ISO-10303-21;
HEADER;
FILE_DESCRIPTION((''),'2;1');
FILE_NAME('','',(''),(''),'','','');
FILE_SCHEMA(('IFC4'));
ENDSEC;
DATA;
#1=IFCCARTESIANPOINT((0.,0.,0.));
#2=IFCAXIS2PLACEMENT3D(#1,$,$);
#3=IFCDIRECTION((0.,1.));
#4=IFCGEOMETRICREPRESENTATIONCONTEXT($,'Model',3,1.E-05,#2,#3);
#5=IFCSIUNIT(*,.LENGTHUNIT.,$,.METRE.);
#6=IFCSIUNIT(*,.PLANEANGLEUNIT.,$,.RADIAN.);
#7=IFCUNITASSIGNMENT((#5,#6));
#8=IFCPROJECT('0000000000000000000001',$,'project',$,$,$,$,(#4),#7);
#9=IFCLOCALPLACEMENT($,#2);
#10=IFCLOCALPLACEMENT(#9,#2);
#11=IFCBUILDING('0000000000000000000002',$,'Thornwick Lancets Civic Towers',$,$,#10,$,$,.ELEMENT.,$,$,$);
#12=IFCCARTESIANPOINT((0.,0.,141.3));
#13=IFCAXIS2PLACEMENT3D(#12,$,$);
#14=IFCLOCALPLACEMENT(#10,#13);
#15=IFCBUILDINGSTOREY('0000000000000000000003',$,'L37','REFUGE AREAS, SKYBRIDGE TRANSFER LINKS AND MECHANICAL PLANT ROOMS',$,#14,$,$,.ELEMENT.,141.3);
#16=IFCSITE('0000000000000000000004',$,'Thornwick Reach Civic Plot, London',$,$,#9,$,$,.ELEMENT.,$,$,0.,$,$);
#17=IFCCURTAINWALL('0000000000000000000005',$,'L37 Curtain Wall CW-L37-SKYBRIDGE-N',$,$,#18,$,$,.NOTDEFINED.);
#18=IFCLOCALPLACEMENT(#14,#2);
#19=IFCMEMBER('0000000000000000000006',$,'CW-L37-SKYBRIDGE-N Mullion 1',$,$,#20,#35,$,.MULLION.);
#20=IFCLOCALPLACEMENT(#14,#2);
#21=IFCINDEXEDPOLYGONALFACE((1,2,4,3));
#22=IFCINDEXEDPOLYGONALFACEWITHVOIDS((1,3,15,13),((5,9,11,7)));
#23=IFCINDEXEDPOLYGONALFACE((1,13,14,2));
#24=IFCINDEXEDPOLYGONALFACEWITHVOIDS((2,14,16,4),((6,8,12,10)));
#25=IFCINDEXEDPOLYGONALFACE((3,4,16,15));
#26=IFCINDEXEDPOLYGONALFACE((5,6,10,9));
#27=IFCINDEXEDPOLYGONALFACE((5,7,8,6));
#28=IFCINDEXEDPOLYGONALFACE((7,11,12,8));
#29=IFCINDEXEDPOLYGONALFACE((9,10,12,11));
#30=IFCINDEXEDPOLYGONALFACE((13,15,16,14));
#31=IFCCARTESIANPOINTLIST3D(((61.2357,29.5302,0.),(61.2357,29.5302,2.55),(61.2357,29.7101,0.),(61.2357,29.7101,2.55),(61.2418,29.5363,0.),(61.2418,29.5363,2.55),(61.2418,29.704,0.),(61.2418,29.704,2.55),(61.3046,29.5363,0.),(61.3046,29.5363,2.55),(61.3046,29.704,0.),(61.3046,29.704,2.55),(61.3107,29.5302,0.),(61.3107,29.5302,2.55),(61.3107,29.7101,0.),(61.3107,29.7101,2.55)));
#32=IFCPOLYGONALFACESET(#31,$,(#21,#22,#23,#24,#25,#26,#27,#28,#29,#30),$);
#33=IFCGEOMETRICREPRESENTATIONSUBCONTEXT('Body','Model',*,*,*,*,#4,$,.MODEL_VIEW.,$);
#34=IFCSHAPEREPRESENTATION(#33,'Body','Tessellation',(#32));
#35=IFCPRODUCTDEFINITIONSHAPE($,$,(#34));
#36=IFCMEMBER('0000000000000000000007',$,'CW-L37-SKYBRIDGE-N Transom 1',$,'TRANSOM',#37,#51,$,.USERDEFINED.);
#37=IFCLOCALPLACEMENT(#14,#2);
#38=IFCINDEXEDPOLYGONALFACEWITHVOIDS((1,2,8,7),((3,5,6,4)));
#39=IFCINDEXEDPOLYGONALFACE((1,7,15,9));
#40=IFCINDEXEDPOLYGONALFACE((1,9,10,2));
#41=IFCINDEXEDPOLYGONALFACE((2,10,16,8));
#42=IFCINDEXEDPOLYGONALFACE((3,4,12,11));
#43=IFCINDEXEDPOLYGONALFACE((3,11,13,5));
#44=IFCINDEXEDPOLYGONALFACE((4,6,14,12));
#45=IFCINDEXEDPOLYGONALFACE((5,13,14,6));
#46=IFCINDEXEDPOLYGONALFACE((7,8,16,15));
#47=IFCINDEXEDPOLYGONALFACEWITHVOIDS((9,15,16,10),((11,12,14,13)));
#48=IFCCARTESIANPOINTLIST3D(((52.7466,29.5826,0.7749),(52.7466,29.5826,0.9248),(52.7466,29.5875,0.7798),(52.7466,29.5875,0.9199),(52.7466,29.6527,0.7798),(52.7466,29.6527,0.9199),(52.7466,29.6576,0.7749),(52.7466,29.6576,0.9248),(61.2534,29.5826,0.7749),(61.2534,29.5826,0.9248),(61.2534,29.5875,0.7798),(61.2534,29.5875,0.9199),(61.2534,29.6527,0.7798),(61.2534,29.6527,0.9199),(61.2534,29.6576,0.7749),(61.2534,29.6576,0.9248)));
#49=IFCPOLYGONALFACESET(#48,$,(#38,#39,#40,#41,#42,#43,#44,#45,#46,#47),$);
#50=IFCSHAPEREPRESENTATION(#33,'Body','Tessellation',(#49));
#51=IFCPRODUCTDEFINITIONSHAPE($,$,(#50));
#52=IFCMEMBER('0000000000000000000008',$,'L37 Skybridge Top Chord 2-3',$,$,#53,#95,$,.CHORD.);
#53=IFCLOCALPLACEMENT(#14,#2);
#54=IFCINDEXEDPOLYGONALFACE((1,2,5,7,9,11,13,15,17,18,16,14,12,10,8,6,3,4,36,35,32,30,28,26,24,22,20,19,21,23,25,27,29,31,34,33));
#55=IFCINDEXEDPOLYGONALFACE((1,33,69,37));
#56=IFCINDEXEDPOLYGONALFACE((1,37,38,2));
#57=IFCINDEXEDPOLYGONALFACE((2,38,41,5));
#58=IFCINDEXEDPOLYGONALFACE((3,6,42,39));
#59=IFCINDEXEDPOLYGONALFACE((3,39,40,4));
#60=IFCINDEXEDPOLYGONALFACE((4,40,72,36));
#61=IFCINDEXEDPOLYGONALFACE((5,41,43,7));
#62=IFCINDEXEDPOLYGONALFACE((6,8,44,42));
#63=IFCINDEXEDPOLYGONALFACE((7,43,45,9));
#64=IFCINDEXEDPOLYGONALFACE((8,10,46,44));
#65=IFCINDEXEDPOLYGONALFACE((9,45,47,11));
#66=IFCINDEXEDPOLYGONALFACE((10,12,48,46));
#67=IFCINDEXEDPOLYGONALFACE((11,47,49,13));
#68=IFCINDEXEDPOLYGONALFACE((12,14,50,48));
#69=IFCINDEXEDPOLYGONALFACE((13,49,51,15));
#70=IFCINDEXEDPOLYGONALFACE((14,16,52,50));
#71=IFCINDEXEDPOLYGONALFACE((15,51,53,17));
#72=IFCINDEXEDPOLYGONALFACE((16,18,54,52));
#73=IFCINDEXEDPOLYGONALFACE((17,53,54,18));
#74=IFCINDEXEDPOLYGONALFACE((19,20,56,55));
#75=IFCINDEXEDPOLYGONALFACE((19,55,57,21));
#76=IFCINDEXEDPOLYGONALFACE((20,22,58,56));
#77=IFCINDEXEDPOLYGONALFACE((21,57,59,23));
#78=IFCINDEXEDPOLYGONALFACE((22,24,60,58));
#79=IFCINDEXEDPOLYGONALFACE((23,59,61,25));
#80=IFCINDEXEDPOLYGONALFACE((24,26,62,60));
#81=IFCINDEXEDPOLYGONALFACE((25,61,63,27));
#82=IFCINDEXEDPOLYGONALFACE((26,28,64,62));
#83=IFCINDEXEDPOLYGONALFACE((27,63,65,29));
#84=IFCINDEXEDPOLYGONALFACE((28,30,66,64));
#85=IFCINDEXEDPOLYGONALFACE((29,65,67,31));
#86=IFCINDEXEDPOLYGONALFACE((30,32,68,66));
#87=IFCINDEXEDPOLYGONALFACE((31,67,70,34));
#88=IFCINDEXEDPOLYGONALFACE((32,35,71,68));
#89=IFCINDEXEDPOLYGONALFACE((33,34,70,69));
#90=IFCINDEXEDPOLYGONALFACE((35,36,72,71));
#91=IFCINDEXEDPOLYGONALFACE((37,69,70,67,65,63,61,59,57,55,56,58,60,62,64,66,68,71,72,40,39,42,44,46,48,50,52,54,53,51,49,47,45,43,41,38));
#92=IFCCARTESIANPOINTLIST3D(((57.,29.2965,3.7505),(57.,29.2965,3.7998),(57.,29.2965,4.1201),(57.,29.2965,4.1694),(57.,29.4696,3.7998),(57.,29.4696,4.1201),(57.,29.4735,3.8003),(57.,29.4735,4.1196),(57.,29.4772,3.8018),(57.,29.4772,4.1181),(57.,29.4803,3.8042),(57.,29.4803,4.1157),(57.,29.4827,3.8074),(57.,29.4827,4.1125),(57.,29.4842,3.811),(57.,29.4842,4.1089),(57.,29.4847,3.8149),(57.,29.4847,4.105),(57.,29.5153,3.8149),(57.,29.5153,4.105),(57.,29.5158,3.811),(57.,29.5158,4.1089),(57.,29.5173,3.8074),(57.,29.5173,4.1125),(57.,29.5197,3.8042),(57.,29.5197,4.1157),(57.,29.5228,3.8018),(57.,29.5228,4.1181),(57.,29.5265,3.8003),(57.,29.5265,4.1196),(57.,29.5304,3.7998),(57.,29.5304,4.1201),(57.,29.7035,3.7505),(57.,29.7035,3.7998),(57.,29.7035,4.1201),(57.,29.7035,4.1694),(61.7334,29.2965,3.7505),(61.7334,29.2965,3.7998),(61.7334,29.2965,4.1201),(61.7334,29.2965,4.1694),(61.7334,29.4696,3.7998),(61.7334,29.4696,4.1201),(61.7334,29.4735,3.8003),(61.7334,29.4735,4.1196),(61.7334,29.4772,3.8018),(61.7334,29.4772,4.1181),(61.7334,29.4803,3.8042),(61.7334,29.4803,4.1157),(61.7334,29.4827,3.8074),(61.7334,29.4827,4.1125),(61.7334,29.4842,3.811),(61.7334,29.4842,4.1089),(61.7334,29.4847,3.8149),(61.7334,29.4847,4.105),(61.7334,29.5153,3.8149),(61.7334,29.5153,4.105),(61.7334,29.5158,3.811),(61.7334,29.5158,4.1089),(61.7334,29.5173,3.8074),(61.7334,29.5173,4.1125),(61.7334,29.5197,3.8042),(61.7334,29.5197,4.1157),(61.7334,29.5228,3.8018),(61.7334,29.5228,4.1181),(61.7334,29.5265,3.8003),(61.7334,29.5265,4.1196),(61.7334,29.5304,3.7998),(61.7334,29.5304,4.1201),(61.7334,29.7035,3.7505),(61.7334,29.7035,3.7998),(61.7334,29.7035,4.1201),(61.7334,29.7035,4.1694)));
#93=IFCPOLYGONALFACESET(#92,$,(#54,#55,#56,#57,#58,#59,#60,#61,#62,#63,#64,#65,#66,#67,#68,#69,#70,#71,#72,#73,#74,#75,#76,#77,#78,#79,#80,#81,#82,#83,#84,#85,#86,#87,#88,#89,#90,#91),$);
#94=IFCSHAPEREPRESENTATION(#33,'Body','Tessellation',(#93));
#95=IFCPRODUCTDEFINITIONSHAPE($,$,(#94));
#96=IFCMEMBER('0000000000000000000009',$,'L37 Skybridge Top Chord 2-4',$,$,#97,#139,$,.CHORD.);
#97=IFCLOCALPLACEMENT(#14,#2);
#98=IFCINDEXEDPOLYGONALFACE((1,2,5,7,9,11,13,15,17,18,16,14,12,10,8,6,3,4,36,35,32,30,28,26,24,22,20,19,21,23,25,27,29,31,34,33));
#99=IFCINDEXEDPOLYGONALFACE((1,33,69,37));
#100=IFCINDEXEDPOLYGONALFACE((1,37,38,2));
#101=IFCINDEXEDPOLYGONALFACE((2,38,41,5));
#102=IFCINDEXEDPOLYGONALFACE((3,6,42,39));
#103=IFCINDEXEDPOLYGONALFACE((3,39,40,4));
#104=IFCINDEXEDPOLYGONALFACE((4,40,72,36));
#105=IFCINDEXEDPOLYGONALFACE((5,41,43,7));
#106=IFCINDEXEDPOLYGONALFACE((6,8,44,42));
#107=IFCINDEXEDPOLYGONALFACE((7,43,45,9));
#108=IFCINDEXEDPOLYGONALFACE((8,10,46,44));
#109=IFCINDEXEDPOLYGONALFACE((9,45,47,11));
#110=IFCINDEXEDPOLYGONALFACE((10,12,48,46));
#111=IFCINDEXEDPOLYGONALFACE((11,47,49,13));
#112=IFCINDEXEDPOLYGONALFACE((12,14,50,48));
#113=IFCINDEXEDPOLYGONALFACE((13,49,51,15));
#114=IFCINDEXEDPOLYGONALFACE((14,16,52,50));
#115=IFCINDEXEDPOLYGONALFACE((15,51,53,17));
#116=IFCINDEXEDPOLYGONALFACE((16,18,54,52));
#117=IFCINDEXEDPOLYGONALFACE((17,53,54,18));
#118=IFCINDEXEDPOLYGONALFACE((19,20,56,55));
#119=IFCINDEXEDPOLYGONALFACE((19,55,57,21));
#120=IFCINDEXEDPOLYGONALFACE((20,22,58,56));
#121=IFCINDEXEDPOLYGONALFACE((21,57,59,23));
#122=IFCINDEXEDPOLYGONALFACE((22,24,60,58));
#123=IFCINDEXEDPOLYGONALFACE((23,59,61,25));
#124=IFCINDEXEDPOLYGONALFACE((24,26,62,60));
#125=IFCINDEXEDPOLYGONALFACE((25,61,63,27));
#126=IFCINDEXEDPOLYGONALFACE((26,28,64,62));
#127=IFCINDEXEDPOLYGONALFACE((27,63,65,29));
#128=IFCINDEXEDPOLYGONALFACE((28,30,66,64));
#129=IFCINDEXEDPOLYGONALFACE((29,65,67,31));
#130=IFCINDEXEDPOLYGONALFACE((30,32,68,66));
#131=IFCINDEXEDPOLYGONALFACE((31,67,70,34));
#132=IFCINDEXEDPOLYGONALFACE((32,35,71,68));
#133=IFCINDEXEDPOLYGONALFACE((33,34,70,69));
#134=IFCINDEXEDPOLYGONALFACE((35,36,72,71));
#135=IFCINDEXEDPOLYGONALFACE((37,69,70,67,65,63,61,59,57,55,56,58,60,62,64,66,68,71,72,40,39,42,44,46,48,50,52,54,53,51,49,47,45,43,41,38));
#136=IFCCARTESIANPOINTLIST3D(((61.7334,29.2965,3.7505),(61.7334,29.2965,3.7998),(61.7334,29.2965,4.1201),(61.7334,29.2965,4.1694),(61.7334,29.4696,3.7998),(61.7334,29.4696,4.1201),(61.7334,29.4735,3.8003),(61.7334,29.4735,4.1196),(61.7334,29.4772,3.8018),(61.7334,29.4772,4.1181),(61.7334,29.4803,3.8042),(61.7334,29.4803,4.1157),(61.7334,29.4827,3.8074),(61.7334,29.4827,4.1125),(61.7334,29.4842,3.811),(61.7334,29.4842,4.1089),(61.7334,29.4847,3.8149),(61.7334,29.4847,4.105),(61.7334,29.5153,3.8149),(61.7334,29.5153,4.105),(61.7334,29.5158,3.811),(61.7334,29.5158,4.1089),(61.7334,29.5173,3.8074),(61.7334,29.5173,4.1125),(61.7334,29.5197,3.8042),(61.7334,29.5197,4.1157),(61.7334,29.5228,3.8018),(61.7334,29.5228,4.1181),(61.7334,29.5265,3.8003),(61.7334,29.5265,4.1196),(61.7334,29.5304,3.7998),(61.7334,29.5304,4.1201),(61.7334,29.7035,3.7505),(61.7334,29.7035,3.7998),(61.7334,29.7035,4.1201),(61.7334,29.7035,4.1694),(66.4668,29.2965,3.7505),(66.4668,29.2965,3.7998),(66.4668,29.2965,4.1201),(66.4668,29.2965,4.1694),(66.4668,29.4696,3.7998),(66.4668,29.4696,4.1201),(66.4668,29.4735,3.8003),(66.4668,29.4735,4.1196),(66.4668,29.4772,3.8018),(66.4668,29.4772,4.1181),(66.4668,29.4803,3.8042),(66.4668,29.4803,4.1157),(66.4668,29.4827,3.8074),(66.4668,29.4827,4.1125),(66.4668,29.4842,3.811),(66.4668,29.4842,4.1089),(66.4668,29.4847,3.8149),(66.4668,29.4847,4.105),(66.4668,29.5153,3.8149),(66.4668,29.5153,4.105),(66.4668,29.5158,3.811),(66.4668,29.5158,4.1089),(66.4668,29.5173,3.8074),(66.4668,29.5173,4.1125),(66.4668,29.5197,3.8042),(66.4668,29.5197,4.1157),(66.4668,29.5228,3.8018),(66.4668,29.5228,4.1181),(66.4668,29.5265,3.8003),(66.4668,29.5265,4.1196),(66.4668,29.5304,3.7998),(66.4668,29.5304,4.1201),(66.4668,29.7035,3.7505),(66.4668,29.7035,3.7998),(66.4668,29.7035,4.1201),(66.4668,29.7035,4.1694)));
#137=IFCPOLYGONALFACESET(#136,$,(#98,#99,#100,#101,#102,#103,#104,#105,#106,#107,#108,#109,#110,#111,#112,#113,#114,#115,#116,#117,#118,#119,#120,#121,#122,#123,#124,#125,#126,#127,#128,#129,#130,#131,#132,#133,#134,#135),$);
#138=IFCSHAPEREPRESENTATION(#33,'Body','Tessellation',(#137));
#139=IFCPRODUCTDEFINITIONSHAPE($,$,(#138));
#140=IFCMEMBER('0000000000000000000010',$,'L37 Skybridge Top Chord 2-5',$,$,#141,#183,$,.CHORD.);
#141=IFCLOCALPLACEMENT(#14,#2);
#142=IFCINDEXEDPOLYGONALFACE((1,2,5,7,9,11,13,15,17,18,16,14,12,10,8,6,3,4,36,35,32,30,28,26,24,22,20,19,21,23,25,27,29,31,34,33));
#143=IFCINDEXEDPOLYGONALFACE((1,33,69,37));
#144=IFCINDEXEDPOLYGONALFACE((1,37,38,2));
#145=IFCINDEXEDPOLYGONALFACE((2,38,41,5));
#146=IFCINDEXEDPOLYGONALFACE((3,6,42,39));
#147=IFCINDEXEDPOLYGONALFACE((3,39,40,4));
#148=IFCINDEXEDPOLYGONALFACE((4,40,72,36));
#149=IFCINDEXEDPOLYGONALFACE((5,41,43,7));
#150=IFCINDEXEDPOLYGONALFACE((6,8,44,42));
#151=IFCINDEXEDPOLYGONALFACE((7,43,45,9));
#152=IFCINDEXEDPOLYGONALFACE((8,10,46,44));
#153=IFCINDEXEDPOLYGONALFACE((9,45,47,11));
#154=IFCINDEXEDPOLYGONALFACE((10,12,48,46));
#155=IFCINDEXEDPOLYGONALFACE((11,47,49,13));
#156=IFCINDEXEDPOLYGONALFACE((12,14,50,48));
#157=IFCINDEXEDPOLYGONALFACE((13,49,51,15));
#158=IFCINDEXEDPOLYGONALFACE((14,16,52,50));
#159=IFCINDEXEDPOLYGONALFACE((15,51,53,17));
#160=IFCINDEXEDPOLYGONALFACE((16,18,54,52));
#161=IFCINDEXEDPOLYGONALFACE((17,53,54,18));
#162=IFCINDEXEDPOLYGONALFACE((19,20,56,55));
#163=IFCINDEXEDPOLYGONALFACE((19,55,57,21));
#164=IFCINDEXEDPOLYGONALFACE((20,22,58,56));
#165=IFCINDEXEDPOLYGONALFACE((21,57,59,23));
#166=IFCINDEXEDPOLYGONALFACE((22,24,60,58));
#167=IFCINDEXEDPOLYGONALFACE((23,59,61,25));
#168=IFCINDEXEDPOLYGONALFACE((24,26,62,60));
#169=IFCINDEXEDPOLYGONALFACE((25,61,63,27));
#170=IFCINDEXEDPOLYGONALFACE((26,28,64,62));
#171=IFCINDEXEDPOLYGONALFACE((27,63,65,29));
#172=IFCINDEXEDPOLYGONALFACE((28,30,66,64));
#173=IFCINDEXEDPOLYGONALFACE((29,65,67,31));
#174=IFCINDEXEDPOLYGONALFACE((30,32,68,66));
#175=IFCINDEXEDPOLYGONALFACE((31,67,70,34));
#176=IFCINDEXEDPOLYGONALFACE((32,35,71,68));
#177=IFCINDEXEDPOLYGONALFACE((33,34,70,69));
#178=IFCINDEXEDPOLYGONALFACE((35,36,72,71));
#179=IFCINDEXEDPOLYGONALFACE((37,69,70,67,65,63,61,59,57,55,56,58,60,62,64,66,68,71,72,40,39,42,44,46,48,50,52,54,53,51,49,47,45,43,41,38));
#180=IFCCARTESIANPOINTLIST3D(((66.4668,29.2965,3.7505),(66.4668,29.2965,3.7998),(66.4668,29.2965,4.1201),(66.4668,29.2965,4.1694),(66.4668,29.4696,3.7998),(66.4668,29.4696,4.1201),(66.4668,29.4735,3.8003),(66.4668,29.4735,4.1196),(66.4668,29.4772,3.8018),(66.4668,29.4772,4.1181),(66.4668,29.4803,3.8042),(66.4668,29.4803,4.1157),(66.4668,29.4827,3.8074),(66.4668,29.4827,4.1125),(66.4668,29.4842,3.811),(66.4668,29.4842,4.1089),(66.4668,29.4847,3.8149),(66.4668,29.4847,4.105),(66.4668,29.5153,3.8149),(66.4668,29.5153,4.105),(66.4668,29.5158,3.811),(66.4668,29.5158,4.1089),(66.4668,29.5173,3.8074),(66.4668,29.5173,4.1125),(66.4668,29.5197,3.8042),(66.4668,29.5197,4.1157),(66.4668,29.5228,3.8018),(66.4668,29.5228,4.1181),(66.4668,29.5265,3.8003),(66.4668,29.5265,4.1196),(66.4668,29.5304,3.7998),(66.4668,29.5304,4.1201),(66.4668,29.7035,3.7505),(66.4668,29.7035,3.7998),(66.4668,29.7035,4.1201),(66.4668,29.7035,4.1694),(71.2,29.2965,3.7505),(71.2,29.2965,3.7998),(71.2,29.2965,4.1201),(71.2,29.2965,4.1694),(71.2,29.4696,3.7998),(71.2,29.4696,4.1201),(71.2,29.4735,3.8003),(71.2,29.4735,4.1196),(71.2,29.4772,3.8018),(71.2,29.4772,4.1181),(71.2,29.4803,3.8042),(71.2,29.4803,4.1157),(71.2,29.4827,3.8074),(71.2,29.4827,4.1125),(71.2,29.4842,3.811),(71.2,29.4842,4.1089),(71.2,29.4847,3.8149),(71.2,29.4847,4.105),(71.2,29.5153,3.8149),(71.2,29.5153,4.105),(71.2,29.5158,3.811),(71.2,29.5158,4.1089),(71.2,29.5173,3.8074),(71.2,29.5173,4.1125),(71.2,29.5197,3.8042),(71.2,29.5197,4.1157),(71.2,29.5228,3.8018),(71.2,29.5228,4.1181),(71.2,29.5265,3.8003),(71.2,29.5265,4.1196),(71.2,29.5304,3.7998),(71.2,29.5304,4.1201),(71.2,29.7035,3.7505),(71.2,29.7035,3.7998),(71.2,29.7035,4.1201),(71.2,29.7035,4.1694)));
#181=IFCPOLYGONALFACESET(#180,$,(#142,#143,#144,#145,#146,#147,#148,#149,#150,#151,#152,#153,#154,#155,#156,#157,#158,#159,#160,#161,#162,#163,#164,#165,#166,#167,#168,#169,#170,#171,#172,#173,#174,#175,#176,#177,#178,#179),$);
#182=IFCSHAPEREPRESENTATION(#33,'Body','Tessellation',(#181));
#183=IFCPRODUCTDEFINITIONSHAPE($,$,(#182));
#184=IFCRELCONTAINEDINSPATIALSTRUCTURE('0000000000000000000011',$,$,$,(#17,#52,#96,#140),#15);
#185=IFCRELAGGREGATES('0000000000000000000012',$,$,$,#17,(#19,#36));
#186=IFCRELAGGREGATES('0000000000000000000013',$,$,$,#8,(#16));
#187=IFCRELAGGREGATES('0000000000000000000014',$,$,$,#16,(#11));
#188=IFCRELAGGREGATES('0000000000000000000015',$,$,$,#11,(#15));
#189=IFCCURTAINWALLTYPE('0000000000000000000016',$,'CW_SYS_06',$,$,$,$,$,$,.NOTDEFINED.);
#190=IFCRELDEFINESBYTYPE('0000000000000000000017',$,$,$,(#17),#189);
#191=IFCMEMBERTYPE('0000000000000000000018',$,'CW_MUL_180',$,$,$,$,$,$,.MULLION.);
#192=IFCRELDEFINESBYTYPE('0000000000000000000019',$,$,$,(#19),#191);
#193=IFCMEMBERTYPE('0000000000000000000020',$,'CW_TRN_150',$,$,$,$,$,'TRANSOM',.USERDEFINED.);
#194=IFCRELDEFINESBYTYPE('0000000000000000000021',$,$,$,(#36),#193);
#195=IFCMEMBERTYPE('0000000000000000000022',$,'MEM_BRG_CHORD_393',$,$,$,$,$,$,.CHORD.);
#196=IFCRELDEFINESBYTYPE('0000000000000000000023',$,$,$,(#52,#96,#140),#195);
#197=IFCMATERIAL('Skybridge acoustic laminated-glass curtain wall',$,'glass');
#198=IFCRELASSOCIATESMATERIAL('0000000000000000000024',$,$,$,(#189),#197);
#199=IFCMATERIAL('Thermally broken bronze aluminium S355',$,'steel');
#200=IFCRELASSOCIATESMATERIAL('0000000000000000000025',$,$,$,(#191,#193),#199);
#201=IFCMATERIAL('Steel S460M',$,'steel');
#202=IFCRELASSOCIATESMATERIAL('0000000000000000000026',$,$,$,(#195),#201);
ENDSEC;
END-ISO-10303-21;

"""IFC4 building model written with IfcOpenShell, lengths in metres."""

from ifc_helpers import new_model, si_unit, direction, frame, origin, origin_2d, place, context, subcontext, project, spatial, hollow_rectangle, i_section, extrude, material, material_profile, profile_set, type_object, element, aggregate, save


model = new_model("IFC4")

# Units and contexts
model_context = context("Model", 3, precision=1e-05, world=origin(), true_north=direction((0.0, 1.0)))
body_context = subcontext(model_context, "Body", "Model", "MODEL_VIEW")
ifc_project = project(units=[si_unit("LENGTHUNIT", "METRE"), si_unit("PLANEANGLEUNIT", "RADIAN")], contexts=[model_context])

# Site, building, storey
site_placement = place(None, origin())
site = spatial("IfcSite", under=ifc_project, at=site_placement, Name="Thornwick Reach Civic Plot, London", CompositionType="ELEMENT", RefElevation=0.0)
building_placement = place(site_placement, origin())
building = spatial("IfcBuilding", under=site, at=building_placement, Name="Thornwick Lancets Civic Towers", CompositionType="ELEMENT")
storey_placement = place(building_placement, frame((0.0, 0.0, 141.3)))
storey = spatial("IfcBuildingStorey", under=building, at=storey_placement, Name="L37", Description="REFUGE AREAS, SKYBRIDGE TRANSFER LINKS AND MECHANICAL PLANT ROOMS", CompositionType="ELEMENT", Elevation=141.3)

# Curtain wall, members
ifc_material_1 = material(Name="Skybridge acoustic laminated-glass curtain wall", Category="glass")
curtain_wall_type = type_object("IfcCurtainWallType", Name="CW_SYS_06", PredefinedType="NOTDEFINED", material=ifc_material_1)
curtain_wall_placement = place(storey_placement, origin())
curtain_wall = element("IfcCurtainWall", 1, at=curtain_wall_placement, inside=storey, type_object=curtain_wall_type, Name="L37 Curtain Wall CW-L37-SKYBRIDGE-N", PredefinedType="NOTDEFINED")
ifc_material_2 = material(Name="Thermally broken bronze aluminium S355", Category="steel")
ifc_material_profile_1 = material_profile(ifc_material_2, hollow_rectangle(XDim=0.075, YDim=0.1799, WallThickness=0.0061, at=origin_2d()), Name="RHS 180x75x6")
ifc_profile_set_1 = profile_set([ifc_material_profile_1], Name="Thermally broken bronze aluminium S355")
member_type_1 = type_object("IfcMemberType", Name="CW_MUL_180", PredefinedType="MULLION", material=ifc_profile_set_1)
member_1_placement = place(storey_placement, frame((61.2732, 29.6201, 0.0), z_axis=(0.0, 0.0, 1.0), x_axis=(1.0, 0.0, 0.0)))
member_1 = element("IfcMember", 2, at=member_1_placement, type_object=member_type_1, Name="CW-L37-SKYBRIDGE-N Mullion 1", PredefinedType="MULLION", context=body_context, shape_type="SweptSolid", body=[
    extrude(hollow_rectangle(XDim=0.075, YDim=0.1799, WallThickness=0.0061, at=origin_2d()), origin(), (0.0, 0.0, 1.0), 2.55),
])
ifc_material_profile_2 = material_profile(ifc_material_2, hollow_rectangle(XDim=0.075, YDim=0.1499, WallThickness=0.0049, at=origin_2d()), Name="RHS 150x75x5")
ifc_profile_set_2 = profile_set([ifc_material_profile_2], Name="Thermally broken bronze aluminium S355")
member_type_2 = type_object("IfcMemberType", Name="CW_TRN_150", ElementType="TRANSOM", PredefinedType="USERDEFINED", material=ifc_profile_set_2)
member_2_placement = place(storey_placement, frame((61.2534, 29.6201, 0.8499), z_axis=(-1.0, 0.0, 0.0), x_axis=(0.0, -1.0, 0.0)))
member_2 = element("IfcMember", 3, at=member_2_placement, type_object=member_type_2, Name="CW-L37-SKYBRIDGE-N Transom 1", ObjectType="TRANSOM", PredefinedType="USERDEFINED", context=body_context, shape_type="SweptSolid", body=[
    extrude(hollow_rectangle(XDim=0.075, YDim=0.1499, WallThickness=0.0049, at=origin_2d()), origin(), (0.0, 0.0, 1.0), 8.5068),
])

# Members
ifc_material_3 = material(Name="Steel S460M", Category="steel")
ifc_material_profile_3 = material_profile(ifc_material_3, i_section(OverallWidth=0.407, OverallDepth=0.4189, WebThickness=0.0305, FlangeThickness=0.0493, FilletRadius=0.0151, at=origin_2d()), Name="UKC 356x406x393")
ifc_profile_set_3 = profile_set([ifc_material_profile_3], Name="Steel S460M")
member_type_3 = type_object("IfcMemberType", Name="MEM_BRG_CHORD_393", PredefinedType="CHORD", material=ifc_profile_set_3)
for number, where, z_axis, x_axis, name in (
    (4, (57.0, 29.5, 3.96), (1.0, 0.0, 0.0), (0.0, 1.0, 0.0), "L37 Skybridge Top Chord 2-3"),
    (5, (61.7334, 29.5, 3.96), (1.0, 0.0, 0.0), (0.0, 1.0, 0.0), "L37 Skybridge Top Chord 2-4"),
):
    element("IfcMember", number, at=place(storey_placement, frame(where, z_axis=z_axis, x_axis=x_axis)), inside=storey, type_object=member_type_3, Name=name, PredefinedType="CHORD", context=body_context, shape_type="SweptSolid", body=[
        extrude(i_section(OverallWidth=0.407, OverallDepth=0.4189, WebThickness=0.0305, FlangeThickness=0.0493, FilletRadius=0.0151, at=origin_2d()), origin(), (0.0, 0.0, 1.0), 4.7334),
    ])
member_3_placement = place(storey_placement, frame((66.4668, 29.5, 3.96), z_axis=(1.0, 0.0, 0.0), x_axis=(0.0, 1.0, 0.0)))
element("IfcMember", 6, at=member_3_placement, inside=storey, type_object=member_type_3, Name="L37 Skybridge Top Chord 2-5", PredefinedType="CHORD", context=body_context, shape_type="SweptSolid", body=[
    extrude(i_section(OverallWidth=0.407, OverallDepth=0.4189, WebThickness=0.0305, FlangeThickness=0.0493, FilletRadius=0.0151, at=origin_2d()), origin(), (0.0, 0.0, 1.0), 4.7332),
])

aggregate(curtain_wall, [member_1, member_2])

save(model, "model.ifc")
